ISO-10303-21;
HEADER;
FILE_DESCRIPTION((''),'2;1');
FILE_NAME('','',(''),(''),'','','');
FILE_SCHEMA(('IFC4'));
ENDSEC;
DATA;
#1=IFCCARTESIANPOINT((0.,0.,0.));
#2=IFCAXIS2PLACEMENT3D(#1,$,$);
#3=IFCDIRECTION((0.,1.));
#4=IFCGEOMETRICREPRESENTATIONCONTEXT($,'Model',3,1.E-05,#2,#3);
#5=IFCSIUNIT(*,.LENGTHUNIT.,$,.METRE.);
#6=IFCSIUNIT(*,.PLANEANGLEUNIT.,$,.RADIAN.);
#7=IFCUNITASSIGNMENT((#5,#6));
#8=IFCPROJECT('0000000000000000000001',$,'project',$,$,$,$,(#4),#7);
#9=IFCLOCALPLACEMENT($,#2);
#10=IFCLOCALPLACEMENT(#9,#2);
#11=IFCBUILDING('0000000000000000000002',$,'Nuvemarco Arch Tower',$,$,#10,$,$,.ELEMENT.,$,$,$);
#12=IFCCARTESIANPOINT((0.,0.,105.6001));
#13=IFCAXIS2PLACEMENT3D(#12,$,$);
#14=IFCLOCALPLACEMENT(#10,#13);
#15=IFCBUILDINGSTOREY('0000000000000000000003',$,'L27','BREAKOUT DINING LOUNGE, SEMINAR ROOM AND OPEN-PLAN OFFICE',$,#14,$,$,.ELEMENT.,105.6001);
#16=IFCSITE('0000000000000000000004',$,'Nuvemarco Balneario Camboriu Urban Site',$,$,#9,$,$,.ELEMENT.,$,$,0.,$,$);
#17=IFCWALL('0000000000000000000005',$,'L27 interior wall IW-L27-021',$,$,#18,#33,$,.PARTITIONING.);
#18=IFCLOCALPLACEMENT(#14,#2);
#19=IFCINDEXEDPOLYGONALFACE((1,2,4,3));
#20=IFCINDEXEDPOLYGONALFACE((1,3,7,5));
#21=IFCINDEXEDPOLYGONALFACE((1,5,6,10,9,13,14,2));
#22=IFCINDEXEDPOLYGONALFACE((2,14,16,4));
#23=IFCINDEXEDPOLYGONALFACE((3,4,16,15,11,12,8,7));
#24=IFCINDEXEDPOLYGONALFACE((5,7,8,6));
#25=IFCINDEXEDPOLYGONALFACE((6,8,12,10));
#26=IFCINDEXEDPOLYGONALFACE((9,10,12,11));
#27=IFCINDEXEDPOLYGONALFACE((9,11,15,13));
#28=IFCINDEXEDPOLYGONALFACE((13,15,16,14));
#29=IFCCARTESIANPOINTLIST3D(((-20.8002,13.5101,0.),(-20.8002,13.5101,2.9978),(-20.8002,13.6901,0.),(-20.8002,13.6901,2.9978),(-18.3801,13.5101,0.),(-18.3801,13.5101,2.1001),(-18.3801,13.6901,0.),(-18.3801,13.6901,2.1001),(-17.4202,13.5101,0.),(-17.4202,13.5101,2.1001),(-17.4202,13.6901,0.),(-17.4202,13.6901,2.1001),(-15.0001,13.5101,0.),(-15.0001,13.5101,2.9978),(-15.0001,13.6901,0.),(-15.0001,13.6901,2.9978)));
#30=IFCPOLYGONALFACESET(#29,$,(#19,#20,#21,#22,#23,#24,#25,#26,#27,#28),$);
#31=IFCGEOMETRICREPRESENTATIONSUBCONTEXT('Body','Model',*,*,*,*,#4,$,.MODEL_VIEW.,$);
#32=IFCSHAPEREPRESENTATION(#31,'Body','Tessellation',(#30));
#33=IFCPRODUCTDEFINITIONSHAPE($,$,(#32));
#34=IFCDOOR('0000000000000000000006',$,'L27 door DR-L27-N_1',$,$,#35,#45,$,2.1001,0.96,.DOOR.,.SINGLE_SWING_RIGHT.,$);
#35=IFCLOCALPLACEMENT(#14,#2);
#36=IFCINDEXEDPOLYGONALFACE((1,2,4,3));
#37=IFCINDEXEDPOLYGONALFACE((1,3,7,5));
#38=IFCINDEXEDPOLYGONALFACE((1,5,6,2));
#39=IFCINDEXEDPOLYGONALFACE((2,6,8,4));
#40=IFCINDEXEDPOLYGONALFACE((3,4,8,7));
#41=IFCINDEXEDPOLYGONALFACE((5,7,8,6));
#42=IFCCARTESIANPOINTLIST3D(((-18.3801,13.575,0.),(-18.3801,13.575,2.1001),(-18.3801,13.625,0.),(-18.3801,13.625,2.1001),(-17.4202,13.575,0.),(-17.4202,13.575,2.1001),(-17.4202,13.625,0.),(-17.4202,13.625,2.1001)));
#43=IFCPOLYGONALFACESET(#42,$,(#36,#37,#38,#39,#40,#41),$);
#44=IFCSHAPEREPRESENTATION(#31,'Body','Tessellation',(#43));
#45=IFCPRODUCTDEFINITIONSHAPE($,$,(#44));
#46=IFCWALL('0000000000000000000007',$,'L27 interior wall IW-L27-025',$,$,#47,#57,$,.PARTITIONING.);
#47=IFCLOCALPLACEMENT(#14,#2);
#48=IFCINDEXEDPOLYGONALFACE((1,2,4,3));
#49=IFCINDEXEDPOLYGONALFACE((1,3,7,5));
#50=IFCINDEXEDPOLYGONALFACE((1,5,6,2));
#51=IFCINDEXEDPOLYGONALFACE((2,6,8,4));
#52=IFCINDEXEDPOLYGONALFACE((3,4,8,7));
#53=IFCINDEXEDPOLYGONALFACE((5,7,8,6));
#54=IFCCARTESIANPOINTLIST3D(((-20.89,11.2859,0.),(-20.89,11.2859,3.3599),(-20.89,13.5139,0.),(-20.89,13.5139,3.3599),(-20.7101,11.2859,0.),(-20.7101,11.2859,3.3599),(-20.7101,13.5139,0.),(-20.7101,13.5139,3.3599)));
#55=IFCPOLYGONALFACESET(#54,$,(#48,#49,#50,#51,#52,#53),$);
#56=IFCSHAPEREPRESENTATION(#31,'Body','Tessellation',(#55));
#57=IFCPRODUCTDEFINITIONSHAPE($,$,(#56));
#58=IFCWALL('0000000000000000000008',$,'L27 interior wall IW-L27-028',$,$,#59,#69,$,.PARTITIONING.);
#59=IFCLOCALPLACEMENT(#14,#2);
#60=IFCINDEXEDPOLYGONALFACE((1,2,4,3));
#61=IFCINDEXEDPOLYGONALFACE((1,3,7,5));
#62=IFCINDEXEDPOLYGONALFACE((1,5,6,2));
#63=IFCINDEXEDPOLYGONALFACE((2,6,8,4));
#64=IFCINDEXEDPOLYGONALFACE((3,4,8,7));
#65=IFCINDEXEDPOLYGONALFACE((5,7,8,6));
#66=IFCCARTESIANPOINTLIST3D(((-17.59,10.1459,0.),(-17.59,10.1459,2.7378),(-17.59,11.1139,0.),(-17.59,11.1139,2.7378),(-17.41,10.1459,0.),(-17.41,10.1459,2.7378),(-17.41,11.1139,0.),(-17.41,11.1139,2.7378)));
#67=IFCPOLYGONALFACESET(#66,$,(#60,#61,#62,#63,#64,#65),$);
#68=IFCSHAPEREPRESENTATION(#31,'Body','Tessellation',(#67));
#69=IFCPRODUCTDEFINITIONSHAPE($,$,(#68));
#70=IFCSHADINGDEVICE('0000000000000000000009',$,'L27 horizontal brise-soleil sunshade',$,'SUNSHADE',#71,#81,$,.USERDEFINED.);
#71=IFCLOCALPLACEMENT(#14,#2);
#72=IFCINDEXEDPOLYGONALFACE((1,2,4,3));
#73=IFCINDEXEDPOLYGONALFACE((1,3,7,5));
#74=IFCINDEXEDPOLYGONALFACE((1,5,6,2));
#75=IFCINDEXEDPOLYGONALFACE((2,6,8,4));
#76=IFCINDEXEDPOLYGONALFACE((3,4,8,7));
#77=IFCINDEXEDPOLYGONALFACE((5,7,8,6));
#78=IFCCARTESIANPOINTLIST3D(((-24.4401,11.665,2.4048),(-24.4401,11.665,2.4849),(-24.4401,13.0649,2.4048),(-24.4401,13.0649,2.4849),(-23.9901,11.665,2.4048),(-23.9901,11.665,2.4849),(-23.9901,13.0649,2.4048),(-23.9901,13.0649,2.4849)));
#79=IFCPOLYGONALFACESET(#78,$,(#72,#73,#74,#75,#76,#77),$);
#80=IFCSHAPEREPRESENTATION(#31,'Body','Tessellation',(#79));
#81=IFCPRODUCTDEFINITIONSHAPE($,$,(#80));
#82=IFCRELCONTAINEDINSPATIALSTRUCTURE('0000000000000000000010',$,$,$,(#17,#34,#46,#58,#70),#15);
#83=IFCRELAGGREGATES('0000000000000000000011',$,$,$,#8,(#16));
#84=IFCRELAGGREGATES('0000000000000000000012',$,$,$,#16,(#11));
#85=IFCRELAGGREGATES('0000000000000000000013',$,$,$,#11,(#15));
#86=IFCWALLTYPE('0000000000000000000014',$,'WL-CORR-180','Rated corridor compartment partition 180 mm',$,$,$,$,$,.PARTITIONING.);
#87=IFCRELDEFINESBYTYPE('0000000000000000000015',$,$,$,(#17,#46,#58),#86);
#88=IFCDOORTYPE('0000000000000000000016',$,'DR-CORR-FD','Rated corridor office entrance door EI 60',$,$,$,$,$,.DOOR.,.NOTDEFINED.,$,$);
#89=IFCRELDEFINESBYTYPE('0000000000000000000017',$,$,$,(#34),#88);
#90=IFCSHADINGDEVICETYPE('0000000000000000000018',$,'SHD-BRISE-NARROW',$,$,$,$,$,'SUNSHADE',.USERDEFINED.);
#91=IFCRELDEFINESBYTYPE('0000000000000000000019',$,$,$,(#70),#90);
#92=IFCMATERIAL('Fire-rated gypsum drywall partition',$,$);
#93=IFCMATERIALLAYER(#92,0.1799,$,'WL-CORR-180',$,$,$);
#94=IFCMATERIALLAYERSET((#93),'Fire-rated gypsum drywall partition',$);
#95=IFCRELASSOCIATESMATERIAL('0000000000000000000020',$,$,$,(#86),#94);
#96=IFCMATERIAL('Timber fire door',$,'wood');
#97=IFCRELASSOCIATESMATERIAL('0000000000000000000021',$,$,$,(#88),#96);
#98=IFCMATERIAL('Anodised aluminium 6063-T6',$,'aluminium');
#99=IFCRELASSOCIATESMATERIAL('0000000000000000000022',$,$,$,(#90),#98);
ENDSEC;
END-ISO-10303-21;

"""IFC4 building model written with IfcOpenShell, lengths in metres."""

from ifc_helpers import new_model, si_unit, direction, frame, frame_2d, origin, origin_2d, place, context, subcontext, project, spatial, rectangle, extrude, source, transform, mapped, material, layer, layer_set, type_object, type_shapes, element, fill, save


model = new_model("IFC4")

# Units and contexts
model_context = context("Model", 3, precision=1e-05, world=origin(), true_north=direction((0.0, 1.0)))
body_context = subcontext(model_context, "Body", "Model", "MODEL_VIEW")
ifc_project = project(units=[si_unit("LENGTHUNIT", "METRE"), si_unit("PLANEANGLEUNIT", "RADIAN")], contexts=[model_context])

# Site, building, storey
site_placement = place(None, origin())
site = spatial("IfcSite", under=ifc_project, at=site_placement, Name="Nuvemarco Balneario Camboriu Urban Site", CompositionType="ELEMENT", RefElevation=0.0)
building_placement = place(site_placement, origin())
building = spatial("IfcBuilding", under=site, at=building_placement, Name="Nuvemarco Arch Tower", CompositionType="ELEMENT")
storey_placement = place(building_placement, frame((0.0, 0.0, 105.6001)))
storey = spatial("IfcBuildingStorey", under=building, at=storey_placement, Name="L27", Description="BREAKOUT DINING LOUNGE, SEMINAR ROOM AND OPEN-PLAN OFFICE", CompositionType="ELEMENT", Elevation=105.6001)

# Shared definitions
ifc_material_1 = material(Name="Fire-rated gypsum drywall partition")
ifc_layer = layer(ifc_material_1, 0.1799, Name="WL-CORR-180")
ifc_layer_set = layer_set([ifc_layer], Name="Fire-rated gypsum drywall partition")
wall_type = type_object("IfcWallType", Name="WL-CORR-180", Description="Rated corridor compartment partition 180 mm", PredefinedType="PARTITIONING", material=ifc_layer_set)
ifc_material_2 = material(Name="Timber fire door", Category="wood")
door_type_1 = type_object("IfcDoorType", Name="DR-CORR-FD", Description="Rated corridor office entrance door EI 60", OperationType="NOTDEFINED", PredefinedType="DOOR", material=ifc_material_2)
shared_shape_1 = source(origin(), body_context, "Body", "SweptSolid", [
    extrude(rectangle(XDim=0.96, YDim=2.1001, at=frame_2d((0.48, 1.05))), frame((0.0, 0.0249, 0.0), z_axis=(0.0, -1.0, 0.0), x_axis=(1.0, 0.0, 0.0)), (0.0, 0.0, 1.0), 0.05),
])
type_shapes(door_type_1, [shared_shape_1])

# Wall, opening, door
wall_1_placement = place(storey_placement, frame((-20.8, 13.6001, 0.0), z_axis=(0.0, 0.0, 1.0), x_axis=(1.0, 0.0, 0.0)))
wall_1 = element("IfcWall", 1, at=wall_1_placement, inside=storey, type_object=wall_type, Name="L27 interior wall IW-L27-021", PredefinedType="PARTITIONING", context=body_context, shape_type="SweptSolid", body=[
    extrude(rectangle(XDim=5.8, YDim=0.1799, at=frame_2d((2.8999, 0.0))), origin(), (0.0, 0.0, 1.0), 2.9978),
])
opening_1_placement = place(wall_1_placement, frame((2.4199, 0.0, 0.0)))
opening_1 = element("IfcOpeningElement", 2, at=opening_1_placement, cuts=wall_1, PredefinedType="OPENING", context=body_context, shape_type="SweptSolid", body=[
    extrude(rectangle(XDim=0.96, YDim=2.1001, at=frame_2d((0.48, 1.05))), frame((0.0, 0.0999, 0.0), z_axis=(0.0, -1.0, 0.0), x_axis=(1.0, 0.0, 0.0)), (0.0, 0.0, 1.0), 0.2),
])
door_1_placement = place(opening_1_placement, origin())
door_1 = element("IfcDoor", 3, at=door_1_placement, inside=storey, type_object=door_type_1, Name="L27 door DR-L27-N_1", OperationType="SINGLE_SWING_RIGHT", OverallHeight=2.1001, OverallWidth=0.96, PredefinedType="DOOR", context=body_context, shape_type="MappedRepresentation", body=[
    mapped(shared_shape_1, transform((0.0, 0.0, 0.0), scale=1.0)),
])
fill(opening_1, door_1)

# Walls
wall_2_placement = place(storey_placement, frame((-20.8, 11.2859, 0.0), z_axis=(0.0, 0.0, 1.0), x_axis=(0.0, 1.0, 0.0)))
element("IfcWall", 4, at=wall_2_placement, inside=storey, type_object=wall_type, Name="L27 interior wall IW-L27-025", PredefinedType="PARTITIONING", context=body_context, shape_type="SweptSolid", body=[
    extrude(rectangle(XDim=2.228, YDim=0.1799, at=frame_2d((1.114, 0.0))), origin(), (0.0, 0.0, 1.0), 3.3599),
])
wall_3_placement = place(storey_placement, frame((-17.5, 10.146, 0.0), z_axis=(0.0, 0.0, 1.0), x_axis=(0.0, 1.0, 0.0)))
element("IfcWall", 5, at=wall_3_placement, inside=storey, type_object=wall_type, Name="L27 interior wall IW-L27-028", PredefinedType="PARTITIONING", context=body_context, shape_type="SweptSolid", body=[
    extrude(rectangle(XDim=0.968, YDim=0.1799, at=frame_2d((0.4839, 0.0))), origin(), (0.0, 0.0, 1.0), 2.7378),
])

# Shading device
ifc_material_3 = material(Name="Anodised aluminium 6063-T6", Category="aluminium")
shading_device_type = type_object("IfcShadingDeviceType", Name="SHD-BRISE-NARROW", ElementType="SUNSHADE", PredefinedType="USERDEFINED", material=ifc_material_3)
shared_shape_2 = source(origin(), body_context, "Body", "SweptSolid", [
    extrude(rectangle(XDim=1.3999, YDim=0.45, at=origin_2d()), origin(), (0.0, 0.0, 1.0), 0.0801),
])
type_shapes(shading_device_type, [shared_shape_2])
shading_device_placement = place(storey_placement, frame((-24.2151, 12.365, 2.4048), z_axis=(0.0, 0.0, 1.0), x_axis=(0.0, 1.0, 0.0)))
element("IfcShadingDevice", 6, at=shading_device_placement, inside=storey, type_object=shading_device_type, Name="L27 horizontal brise-soleil sunshade", ObjectType="SUNSHADE", PredefinedType="USERDEFINED", context=body_context, shape_type="MappedRepresentation", body=[
    mapped(shared_shape_2, transform((0.0, 0.0, 0.0), scale=1.0)),
])

save(model, "model.ifc")
